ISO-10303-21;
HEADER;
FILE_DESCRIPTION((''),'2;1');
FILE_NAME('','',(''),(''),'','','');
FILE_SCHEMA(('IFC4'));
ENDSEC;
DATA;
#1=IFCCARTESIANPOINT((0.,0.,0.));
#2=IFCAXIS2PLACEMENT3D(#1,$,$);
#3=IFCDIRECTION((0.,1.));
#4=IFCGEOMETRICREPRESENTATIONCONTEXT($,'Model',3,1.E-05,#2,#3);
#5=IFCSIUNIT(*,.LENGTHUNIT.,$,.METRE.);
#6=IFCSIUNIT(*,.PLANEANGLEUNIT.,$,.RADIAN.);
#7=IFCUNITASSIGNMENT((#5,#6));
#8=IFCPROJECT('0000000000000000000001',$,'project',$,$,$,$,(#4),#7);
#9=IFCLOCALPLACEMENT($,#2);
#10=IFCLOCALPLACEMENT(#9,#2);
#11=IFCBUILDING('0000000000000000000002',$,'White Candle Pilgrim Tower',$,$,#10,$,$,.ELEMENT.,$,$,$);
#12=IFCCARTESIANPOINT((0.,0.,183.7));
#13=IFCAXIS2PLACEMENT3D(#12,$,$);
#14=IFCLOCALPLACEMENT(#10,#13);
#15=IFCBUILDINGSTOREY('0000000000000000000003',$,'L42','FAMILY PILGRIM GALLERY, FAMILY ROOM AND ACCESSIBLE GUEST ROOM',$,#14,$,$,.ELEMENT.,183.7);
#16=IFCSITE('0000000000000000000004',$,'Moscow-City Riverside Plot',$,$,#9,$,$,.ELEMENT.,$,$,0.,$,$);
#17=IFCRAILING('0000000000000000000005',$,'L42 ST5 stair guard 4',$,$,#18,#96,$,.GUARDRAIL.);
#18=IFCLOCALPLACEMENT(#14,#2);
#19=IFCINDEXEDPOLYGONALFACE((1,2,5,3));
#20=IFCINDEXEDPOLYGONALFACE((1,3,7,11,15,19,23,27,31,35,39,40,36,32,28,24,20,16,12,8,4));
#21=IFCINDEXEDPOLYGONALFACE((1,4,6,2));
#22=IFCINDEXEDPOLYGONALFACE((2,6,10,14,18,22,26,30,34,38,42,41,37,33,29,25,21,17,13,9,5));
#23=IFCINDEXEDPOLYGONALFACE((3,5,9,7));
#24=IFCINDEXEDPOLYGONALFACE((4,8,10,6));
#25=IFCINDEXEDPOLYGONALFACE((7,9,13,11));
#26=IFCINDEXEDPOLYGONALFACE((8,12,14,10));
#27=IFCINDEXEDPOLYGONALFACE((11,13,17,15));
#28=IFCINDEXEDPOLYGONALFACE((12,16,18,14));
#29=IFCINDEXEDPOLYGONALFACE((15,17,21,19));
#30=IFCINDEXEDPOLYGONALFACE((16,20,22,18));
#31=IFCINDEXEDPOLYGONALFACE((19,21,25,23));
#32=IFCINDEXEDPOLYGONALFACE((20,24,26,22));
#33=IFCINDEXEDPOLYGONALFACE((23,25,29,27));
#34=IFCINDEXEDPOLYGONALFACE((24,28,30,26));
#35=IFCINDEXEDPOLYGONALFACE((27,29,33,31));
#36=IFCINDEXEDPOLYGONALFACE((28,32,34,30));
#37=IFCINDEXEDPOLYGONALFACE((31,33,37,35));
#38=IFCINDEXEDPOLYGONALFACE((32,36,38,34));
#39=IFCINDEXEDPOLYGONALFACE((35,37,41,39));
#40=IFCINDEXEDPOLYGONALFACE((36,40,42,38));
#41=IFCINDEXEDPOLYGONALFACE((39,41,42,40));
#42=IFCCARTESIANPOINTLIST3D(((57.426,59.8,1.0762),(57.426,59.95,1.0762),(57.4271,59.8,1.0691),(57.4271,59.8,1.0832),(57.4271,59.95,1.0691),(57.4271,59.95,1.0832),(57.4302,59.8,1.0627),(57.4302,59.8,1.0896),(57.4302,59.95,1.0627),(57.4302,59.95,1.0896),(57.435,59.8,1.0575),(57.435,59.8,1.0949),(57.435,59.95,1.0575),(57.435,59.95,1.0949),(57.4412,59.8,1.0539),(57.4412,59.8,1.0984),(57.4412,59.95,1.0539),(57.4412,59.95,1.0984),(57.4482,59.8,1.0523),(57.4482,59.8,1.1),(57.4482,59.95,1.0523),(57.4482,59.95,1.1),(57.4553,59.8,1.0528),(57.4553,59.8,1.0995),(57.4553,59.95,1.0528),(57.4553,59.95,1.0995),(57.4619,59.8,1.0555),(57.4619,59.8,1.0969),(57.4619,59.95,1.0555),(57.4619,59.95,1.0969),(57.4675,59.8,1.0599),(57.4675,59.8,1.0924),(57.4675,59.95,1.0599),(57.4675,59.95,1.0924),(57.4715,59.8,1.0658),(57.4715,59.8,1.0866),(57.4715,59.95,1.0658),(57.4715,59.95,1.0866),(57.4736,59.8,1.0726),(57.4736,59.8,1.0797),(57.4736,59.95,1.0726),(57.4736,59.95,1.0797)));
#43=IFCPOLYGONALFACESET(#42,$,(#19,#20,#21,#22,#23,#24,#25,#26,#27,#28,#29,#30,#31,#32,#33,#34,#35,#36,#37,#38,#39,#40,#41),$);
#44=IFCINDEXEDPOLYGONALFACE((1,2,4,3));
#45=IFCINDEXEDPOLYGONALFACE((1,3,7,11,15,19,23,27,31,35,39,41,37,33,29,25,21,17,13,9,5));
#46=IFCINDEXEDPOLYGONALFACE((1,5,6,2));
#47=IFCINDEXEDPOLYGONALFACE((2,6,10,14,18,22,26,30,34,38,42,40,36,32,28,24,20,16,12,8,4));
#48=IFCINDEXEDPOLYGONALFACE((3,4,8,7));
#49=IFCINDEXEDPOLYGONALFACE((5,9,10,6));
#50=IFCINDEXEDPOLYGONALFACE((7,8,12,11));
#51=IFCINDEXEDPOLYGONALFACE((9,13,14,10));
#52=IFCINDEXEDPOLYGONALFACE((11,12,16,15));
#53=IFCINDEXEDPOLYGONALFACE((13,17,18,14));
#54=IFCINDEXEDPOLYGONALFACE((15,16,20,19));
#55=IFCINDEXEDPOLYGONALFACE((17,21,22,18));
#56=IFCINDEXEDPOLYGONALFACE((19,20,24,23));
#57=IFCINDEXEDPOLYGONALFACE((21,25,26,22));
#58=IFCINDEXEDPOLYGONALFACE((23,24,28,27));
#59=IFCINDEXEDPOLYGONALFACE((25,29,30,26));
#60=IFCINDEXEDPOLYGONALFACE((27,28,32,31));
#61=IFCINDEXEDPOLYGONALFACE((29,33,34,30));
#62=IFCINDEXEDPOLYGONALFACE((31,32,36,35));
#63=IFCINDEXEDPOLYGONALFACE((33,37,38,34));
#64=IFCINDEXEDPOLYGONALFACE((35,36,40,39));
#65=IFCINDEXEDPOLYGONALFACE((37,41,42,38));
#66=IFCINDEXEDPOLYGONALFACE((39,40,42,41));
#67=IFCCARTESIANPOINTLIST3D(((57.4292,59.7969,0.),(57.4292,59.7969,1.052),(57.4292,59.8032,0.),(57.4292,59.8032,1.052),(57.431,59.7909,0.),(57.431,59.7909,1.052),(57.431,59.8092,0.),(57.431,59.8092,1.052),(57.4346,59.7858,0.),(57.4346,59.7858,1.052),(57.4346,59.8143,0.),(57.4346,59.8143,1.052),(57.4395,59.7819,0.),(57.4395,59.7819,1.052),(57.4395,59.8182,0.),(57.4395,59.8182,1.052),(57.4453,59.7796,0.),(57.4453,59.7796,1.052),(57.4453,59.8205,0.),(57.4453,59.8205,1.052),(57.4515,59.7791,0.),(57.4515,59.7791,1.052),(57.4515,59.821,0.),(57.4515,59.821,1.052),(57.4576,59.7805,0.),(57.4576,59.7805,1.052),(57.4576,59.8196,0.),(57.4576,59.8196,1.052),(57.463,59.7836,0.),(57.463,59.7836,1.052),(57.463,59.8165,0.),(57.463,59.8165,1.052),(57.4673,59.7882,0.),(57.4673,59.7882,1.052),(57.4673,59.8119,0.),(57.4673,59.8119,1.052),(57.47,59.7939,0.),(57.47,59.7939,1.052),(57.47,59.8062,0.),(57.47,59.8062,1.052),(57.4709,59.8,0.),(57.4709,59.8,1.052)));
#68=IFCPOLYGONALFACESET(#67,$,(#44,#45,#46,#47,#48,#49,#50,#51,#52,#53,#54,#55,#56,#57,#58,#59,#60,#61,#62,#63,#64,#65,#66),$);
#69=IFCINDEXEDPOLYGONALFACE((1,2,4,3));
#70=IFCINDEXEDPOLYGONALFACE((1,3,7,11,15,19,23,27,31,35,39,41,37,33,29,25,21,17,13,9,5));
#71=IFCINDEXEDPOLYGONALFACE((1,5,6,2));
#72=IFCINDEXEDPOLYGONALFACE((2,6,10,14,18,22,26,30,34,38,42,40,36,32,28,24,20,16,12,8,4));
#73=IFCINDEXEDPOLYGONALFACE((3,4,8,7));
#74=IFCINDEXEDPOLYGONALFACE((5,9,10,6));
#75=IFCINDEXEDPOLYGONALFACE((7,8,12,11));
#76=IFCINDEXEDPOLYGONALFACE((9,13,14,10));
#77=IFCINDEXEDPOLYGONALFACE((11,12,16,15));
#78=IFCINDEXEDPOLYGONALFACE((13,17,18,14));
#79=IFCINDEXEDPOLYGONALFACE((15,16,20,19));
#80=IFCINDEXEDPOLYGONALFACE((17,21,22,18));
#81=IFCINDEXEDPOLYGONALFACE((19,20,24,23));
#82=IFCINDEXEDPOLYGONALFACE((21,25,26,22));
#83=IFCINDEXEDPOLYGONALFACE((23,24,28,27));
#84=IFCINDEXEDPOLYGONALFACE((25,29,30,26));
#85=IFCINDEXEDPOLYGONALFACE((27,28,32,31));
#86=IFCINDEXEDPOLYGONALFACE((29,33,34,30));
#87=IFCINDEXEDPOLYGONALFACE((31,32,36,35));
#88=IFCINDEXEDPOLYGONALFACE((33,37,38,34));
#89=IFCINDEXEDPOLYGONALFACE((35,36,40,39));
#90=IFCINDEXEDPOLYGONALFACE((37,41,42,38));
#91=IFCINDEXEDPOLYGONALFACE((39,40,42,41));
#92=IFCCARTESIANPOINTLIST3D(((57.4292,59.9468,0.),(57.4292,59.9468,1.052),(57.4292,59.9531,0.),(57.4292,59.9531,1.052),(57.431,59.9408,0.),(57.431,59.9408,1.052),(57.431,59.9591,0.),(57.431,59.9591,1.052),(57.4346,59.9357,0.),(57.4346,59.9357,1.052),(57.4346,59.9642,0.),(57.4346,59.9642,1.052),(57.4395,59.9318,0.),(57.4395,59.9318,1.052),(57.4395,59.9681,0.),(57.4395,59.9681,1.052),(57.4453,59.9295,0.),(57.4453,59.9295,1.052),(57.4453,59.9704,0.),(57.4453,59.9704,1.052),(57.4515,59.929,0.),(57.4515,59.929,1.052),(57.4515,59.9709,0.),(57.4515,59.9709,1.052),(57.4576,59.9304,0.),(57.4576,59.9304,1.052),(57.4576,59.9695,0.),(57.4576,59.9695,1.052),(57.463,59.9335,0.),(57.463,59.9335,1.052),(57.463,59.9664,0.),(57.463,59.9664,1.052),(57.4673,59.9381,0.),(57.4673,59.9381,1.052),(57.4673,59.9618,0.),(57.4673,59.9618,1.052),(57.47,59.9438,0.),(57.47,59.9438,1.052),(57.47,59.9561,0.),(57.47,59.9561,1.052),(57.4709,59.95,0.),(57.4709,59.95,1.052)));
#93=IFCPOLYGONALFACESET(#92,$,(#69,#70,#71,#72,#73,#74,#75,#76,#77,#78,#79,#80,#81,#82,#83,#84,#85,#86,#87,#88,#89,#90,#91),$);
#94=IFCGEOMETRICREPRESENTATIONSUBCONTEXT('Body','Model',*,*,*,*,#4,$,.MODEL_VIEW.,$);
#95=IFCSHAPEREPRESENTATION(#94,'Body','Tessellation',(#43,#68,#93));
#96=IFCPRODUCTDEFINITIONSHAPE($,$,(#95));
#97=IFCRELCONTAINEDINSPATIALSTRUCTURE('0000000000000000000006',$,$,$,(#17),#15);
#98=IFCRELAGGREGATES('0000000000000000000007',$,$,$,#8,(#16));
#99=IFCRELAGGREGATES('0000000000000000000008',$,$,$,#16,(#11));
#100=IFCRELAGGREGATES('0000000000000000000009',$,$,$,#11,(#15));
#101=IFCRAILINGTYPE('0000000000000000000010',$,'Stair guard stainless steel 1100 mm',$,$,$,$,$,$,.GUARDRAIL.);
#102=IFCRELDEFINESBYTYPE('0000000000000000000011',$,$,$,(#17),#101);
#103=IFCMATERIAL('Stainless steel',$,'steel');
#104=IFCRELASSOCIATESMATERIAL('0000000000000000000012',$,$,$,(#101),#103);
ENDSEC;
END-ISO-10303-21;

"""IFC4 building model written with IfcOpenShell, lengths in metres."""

from ifc_helpers import new_model, si_unit, direction, frame, origin, origin_2d, place, context, subcontext, project, spatial, circle, extrude, material, type_object, element, save


model = new_model("IFC4")

# Units and contexts
model_context = context("Model", 3, precision=1e-05, world=origin(), true_north=direction((0.0, 1.0)))
body_context = subcontext(model_context, "Body", "Model", "MODEL_VIEW")
ifc_project = project(units=[si_unit("LENGTHUNIT", "METRE"), si_unit("PLANEANGLEUNIT", "RADIAN")], contexts=[model_context])

# Site, building, storey
site_placement = place(None, origin())
site = spatial("IfcSite", under=ifc_project, at=site_placement, Name="Moscow-City Riverside Plot", CompositionType="ELEMENT", RefElevation=0.0)
building_placement = place(site_placement, origin())
building = spatial("IfcBuilding", under=site, at=building_placement, Name="White Candle Pilgrim Tower", CompositionType="ELEMENT")
storey_placement = place(building_placement, frame((0.0, 0.0, 183.7)))
storey = spatial("IfcBuildingStorey", under=building, at=storey_placement, Name="L42", Description="FAMILY PILGRIM GALLERY, FAMILY ROOM AND ACCESSIBLE GUEST ROOM", CompositionType="ELEMENT", Elevation=183.7)

# Railing
ifc_material_1 = material(Name="Stainless steel", Category="steel")
railing_type_1 = type_object("IfcRailingType", Name="Stair guard stainless steel 1100 mm", PredefinedType="GUARDRAIL", material=ifc_material_1)
railing_1_placement = place(storey_placement, frame((57.45, 59.8, 0.0)))
element("IfcRailing", 1, at=railing_1_placement, inside=storey, type_object=railing_type_1, Name="L42 ST5 stair guard 4", PredefinedType="GUARDRAIL", context=body_context, shape_type="SweptSolid", body=[
    extrude(circle(Radius=0.0239, at=origin_2d()), frame((0.0, 0.0, 1.0762), z_axis=(0.0, 1.0, 0.0), x_axis=(-1.0, 0.0, 0.0)), (0.0, 0.0, 1.0), 0.1499),
    extrude(circle(Radius=0.021, at=origin_2d()), origin(), (0.0, 0.0, 1.0), 1.052),
    extrude(circle(Radius=0.021, at=origin_2d()), frame((0.0, 0.1499, 0.0)), (0.0, 0.0, 1.0), 1.052),
])

save(model, "model.ifc")
